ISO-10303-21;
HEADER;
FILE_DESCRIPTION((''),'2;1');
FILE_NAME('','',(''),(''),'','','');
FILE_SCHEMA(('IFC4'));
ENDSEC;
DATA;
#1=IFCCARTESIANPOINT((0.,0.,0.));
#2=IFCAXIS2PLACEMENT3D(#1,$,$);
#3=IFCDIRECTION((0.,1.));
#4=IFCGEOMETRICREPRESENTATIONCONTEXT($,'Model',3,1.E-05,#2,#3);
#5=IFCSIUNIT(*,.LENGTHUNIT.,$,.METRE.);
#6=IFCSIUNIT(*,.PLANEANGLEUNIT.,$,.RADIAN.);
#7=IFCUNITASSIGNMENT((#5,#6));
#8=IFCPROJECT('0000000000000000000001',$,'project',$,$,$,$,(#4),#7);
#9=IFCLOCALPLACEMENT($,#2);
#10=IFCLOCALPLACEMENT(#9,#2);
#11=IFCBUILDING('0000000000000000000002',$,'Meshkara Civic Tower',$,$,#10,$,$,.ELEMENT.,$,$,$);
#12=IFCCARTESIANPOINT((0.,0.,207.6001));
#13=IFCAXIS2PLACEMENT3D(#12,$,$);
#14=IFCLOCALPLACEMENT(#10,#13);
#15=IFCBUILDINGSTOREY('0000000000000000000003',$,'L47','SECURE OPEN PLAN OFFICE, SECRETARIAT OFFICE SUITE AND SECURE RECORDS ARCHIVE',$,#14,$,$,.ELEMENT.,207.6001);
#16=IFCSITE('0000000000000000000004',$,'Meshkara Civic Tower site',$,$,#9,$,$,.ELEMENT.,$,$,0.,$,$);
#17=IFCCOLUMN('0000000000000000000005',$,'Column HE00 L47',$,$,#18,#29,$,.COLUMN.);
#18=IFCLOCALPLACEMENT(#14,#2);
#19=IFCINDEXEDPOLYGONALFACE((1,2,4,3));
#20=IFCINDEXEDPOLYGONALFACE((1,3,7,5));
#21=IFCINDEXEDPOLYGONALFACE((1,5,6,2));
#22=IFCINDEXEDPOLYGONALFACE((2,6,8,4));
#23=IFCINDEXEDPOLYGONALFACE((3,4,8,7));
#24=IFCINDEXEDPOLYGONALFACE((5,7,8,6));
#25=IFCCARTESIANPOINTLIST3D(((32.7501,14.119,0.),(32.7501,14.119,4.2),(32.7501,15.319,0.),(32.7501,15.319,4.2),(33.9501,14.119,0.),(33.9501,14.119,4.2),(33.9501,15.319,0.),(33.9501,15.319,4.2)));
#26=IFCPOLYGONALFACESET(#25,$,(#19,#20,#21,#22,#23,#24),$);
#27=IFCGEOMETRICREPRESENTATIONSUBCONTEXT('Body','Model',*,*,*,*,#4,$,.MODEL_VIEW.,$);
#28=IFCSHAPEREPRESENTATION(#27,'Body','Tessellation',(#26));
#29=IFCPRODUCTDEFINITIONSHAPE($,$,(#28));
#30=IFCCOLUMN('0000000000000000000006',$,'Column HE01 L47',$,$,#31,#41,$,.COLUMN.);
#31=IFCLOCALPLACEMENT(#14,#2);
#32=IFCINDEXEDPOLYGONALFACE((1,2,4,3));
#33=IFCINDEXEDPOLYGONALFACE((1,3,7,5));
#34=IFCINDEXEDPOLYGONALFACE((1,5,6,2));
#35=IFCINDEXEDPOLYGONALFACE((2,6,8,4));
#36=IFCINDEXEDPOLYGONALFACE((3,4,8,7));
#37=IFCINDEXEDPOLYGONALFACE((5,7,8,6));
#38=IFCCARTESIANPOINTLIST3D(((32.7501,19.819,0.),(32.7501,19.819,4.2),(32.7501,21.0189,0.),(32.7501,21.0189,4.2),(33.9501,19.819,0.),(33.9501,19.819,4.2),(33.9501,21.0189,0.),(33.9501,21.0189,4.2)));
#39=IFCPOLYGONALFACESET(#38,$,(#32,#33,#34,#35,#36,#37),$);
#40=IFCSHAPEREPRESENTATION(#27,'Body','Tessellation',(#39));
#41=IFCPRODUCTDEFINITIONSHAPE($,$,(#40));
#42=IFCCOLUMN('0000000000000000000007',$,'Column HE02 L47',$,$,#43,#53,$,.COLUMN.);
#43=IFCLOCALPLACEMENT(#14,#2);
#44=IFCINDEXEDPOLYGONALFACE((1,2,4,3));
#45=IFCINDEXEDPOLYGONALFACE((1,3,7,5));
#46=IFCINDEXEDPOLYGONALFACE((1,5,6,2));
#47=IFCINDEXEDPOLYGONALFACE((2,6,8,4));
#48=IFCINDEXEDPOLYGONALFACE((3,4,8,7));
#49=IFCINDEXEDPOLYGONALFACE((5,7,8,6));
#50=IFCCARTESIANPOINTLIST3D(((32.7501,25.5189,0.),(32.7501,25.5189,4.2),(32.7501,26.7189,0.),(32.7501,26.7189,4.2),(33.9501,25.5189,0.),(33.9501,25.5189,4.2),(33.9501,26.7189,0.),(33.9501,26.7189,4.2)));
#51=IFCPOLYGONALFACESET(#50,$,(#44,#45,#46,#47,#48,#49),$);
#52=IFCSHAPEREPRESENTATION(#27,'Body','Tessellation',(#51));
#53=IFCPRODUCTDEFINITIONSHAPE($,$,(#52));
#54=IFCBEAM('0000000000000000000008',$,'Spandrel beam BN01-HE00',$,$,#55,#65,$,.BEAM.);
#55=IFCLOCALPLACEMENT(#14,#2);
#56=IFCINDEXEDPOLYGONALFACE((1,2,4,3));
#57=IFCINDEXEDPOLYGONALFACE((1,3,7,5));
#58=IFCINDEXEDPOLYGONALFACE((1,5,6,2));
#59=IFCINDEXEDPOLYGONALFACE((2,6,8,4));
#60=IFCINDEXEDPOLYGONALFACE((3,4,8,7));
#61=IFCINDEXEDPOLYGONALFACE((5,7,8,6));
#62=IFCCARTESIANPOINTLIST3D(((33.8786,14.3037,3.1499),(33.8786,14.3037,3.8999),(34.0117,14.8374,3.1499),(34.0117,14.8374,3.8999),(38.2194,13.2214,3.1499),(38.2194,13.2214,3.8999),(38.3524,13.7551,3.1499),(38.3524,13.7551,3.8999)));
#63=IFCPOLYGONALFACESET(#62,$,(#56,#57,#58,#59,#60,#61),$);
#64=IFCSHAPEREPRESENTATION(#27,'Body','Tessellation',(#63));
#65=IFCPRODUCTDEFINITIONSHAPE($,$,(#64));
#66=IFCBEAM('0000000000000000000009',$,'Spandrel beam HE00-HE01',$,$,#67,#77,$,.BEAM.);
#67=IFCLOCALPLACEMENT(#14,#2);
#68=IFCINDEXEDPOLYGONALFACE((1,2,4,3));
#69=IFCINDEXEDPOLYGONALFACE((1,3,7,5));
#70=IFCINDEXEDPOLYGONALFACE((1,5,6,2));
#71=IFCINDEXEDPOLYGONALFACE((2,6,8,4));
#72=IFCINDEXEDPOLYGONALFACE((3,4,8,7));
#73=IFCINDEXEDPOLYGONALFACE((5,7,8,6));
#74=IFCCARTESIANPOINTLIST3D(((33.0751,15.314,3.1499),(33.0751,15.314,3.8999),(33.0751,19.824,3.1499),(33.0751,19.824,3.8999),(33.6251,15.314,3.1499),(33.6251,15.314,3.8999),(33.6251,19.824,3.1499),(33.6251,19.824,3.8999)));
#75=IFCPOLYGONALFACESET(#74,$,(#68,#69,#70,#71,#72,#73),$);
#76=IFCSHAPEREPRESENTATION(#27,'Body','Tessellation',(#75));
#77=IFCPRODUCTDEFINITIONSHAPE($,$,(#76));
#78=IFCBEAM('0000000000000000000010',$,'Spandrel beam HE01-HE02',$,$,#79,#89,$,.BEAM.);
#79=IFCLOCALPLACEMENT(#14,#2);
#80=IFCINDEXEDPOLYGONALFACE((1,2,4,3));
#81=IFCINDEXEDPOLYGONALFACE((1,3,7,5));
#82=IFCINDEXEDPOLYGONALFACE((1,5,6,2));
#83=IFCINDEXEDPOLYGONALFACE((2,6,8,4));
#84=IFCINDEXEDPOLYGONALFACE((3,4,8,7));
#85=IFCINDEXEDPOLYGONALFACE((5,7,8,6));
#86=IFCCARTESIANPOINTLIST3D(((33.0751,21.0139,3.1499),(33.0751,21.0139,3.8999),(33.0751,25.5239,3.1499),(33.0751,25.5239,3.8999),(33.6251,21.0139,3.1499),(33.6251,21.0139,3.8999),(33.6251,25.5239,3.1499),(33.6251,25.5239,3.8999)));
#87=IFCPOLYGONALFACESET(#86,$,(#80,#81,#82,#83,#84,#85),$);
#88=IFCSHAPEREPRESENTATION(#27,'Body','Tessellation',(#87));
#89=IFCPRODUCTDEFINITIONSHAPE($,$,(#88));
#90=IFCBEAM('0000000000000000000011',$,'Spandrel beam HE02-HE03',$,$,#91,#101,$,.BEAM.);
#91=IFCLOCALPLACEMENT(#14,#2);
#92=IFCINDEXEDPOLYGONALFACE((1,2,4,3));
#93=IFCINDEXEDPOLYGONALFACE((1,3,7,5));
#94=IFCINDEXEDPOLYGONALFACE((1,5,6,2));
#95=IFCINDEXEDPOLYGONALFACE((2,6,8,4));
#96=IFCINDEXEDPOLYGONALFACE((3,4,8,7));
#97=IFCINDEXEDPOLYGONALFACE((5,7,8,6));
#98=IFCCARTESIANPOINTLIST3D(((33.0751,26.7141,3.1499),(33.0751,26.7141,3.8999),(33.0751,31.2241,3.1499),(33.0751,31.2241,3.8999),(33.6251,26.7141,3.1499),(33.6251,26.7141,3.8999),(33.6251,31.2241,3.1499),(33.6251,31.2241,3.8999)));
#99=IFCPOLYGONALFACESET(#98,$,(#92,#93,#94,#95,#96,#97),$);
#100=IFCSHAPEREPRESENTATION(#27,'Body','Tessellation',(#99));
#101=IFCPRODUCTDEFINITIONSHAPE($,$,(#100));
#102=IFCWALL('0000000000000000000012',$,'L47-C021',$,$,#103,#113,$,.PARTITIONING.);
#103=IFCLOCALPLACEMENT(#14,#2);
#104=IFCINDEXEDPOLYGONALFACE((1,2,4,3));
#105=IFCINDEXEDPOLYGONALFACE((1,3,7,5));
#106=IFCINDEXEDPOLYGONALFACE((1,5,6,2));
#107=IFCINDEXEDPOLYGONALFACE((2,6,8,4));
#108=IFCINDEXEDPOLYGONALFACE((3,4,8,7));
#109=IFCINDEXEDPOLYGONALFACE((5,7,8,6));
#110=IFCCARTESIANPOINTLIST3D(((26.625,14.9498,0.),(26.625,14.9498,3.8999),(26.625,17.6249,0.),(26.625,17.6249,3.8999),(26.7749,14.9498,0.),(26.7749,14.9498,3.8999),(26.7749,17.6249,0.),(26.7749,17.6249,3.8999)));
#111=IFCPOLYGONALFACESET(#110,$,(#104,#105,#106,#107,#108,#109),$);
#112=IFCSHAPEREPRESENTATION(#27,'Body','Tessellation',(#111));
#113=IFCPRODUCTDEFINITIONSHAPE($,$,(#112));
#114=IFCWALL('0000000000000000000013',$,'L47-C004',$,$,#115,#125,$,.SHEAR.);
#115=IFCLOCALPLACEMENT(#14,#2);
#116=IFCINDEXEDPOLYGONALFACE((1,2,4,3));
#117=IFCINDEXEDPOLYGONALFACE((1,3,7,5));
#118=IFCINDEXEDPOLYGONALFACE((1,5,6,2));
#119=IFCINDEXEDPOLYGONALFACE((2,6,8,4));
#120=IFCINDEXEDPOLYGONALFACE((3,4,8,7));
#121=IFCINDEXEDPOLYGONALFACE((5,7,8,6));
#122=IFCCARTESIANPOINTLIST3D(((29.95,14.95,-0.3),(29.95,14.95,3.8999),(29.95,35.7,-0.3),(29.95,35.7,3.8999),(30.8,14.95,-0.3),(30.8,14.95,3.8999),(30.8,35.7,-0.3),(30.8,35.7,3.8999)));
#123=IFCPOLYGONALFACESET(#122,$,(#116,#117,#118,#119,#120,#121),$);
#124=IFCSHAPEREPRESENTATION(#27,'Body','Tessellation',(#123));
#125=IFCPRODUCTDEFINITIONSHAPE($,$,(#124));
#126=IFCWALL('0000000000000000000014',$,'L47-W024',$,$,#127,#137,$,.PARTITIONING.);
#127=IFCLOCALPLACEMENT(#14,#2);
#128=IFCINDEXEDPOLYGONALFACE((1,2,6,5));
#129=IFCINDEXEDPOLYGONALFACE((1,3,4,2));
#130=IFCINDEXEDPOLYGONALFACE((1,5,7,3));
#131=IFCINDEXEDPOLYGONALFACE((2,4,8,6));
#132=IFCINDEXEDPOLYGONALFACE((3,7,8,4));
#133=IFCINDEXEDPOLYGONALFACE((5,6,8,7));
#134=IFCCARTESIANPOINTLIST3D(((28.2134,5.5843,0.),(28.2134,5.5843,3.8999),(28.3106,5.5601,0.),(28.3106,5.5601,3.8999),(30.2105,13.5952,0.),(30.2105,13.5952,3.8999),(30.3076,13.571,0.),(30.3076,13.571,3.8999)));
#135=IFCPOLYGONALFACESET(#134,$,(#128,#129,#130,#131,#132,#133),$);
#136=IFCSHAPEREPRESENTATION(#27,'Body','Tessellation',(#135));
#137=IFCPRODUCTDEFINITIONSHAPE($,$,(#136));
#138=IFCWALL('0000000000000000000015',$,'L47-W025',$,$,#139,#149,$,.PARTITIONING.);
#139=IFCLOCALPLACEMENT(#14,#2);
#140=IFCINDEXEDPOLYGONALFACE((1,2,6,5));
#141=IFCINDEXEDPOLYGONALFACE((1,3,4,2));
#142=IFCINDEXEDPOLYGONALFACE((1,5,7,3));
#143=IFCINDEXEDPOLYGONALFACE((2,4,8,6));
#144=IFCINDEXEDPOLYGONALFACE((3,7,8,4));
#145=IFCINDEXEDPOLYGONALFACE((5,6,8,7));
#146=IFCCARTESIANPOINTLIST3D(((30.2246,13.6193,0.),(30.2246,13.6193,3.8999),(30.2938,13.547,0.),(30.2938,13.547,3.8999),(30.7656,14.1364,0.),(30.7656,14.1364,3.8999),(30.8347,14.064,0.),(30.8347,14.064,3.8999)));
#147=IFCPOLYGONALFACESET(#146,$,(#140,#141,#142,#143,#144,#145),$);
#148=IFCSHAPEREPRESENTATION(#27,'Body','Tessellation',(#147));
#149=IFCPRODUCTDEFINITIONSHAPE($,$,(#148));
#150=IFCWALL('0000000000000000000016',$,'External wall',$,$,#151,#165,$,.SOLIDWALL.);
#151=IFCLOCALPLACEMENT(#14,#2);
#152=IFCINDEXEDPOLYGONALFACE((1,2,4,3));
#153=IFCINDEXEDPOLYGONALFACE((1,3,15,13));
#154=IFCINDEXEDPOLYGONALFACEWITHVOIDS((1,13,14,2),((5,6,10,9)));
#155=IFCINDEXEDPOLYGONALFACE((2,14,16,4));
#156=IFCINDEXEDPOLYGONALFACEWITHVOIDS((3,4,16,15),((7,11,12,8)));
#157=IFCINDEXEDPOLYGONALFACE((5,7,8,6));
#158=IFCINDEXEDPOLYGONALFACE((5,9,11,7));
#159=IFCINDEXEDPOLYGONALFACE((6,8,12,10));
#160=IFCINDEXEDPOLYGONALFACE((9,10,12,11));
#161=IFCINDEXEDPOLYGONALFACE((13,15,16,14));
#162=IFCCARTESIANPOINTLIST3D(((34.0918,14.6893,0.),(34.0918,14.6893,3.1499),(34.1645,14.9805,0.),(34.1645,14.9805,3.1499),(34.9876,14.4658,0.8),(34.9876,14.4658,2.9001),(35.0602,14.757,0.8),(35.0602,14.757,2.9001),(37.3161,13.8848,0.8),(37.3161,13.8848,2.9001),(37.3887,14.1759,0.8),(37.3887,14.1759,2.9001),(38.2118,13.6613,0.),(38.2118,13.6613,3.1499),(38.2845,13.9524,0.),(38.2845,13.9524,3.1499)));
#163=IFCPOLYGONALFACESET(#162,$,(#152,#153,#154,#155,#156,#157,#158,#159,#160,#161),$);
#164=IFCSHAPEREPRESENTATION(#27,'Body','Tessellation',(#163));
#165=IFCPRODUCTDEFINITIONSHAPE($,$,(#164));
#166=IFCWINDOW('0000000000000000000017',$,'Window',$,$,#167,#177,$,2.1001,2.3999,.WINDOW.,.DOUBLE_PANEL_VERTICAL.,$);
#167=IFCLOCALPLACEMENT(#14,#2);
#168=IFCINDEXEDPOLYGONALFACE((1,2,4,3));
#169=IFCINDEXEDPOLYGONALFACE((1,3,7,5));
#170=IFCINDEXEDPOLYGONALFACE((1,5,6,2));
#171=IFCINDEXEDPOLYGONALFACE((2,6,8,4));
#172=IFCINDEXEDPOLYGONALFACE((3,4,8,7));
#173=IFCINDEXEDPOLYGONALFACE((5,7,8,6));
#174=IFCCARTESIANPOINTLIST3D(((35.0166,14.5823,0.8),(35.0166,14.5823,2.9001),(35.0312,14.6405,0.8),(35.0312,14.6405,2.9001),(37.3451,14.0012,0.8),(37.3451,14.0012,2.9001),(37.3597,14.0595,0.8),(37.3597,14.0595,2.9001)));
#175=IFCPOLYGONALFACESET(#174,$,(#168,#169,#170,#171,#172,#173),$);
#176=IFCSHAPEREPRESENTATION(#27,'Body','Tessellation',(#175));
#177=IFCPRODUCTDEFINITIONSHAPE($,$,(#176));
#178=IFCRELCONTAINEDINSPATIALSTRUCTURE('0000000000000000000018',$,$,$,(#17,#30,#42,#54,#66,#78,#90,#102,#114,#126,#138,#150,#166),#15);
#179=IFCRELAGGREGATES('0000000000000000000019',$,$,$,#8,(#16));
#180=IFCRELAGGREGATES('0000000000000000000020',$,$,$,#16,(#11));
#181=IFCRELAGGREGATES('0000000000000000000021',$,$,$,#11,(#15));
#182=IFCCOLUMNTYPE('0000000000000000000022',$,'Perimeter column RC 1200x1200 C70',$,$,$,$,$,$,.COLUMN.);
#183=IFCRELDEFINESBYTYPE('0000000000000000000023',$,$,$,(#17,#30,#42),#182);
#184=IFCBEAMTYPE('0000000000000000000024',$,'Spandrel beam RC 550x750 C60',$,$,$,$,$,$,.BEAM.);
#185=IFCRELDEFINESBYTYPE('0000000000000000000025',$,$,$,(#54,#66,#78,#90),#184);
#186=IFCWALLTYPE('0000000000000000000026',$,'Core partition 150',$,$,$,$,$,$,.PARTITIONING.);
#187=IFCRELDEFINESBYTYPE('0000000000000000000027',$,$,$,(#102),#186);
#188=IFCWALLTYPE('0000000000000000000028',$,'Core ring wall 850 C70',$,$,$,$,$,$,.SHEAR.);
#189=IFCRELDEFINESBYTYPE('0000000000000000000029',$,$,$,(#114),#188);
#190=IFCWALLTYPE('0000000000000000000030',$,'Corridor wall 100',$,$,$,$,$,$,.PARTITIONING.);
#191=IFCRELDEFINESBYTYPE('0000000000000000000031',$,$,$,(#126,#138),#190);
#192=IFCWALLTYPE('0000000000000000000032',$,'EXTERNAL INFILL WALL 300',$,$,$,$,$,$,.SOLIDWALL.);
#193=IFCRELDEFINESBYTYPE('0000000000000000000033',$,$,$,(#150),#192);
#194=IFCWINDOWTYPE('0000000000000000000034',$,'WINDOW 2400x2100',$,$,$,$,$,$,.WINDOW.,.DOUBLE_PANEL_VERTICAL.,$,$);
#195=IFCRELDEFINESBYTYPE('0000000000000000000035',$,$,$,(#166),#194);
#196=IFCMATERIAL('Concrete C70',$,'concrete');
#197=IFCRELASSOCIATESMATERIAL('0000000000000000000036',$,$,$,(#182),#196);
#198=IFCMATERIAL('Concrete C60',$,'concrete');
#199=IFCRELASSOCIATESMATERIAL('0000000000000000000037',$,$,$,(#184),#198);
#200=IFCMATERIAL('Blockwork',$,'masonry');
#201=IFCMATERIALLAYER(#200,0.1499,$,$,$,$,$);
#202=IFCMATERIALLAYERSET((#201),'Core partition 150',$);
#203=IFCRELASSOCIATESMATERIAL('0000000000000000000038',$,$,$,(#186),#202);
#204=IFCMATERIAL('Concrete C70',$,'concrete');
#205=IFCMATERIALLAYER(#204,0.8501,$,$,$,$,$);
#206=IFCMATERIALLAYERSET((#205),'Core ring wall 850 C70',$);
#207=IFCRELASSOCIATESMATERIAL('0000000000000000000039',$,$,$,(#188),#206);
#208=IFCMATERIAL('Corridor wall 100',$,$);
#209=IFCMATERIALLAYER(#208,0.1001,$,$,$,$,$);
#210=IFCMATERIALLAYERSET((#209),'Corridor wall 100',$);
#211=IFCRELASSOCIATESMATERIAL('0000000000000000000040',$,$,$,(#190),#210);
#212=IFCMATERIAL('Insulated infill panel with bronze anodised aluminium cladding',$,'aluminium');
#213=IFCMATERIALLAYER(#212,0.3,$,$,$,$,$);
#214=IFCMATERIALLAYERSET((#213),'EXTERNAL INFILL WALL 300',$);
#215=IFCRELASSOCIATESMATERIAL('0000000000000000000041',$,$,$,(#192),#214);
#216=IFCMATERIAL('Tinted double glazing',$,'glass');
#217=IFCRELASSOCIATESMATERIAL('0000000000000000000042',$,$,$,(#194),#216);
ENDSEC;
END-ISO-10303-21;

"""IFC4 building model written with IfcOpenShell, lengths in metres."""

from ifc_helpers import new_model, si_unit, direction, frame, frame_2d, origin, origin_2d, place, context, subcontext, project, spatial, rectangle, extrude, material, layer, layer_set, material_profile, profile_set, type_object, element, fill, save


model = new_model("IFC4")

# Units and contexts
model_context = context("Model", 3, precision=1e-05, world=origin(), true_north=direction((0.0, 1.0)))
body_context = subcontext(model_context, "Body", "Model", "MODEL_VIEW")
ifc_project = project(units=[si_unit("LENGTHUNIT", "METRE"), si_unit("PLANEANGLEUNIT", "RADIAN")], contexts=[model_context])

# Site, building, storey
site_placement = place(None, origin())
site = spatial("IfcSite", under=ifc_project, at=site_placement, Name="Meshkara Civic Tower site", CompositionType="ELEMENT", RefElevation=0.0)
building_placement = place(site_placement, origin())
building = spatial("IfcBuilding", under=site, at=building_placement, Name="Meshkara Civic Tower", CompositionType="ELEMENT")
storey_placement = place(building_placement, frame((0.0, 0.0, 207.6001)))
storey = spatial("IfcBuildingStorey", under=building, at=storey_placement, Name="L47", Description="SECURE OPEN PLAN OFFICE, SECRETARIAT OFFICE SUITE AND SECURE RECORDS ARCHIVE", CompositionType="ELEMENT", Elevation=207.6001)

# Columns
ifc_material_1 = material(Name="Concrete C70", Category="concrete")
ifc_material_profile_1 = material_profile(ifc_material_1, rectangle(XDim=1.2, YDim=1.2, at=origin_2d()))
ifc_profile_set_1 = profile_set([ifc_material_profile_1], Name="Concrete C70")
column_type = type_object("IfcColumnType", Name="Perimeter column RC 1200x1200 C70", PredefinedType="COLUMN", material=ifc_profile_set_1)
for number, where, z_axis, x_axis, name in (
    (1, (33.3501, 14.719, 0.0), (0.0, 0.0, 1.0), (1.0, 0.0, 0.0), "Column HE00 L47"),
    (2, (33.3501, 20.4189, 0.0), (0.0, 0.0, 1.0), (1.0, 0.0, 0.0), "Column HE01 L47"),
    (3, (33.3501, 26.1189, 0.0), (0.0, 0.0, 1.0), (1.0, 0.0, 0.0), "Column HE02 L47"),
):
    element("IfcColumn", number, at=place(storey_placement, frame(where, z_axis=z_axis, x_axis=x_axis)), inside=storey, type_object=column_type, Name=name, PredefinedType="COLUMN", context=body_context, shape_type="SweptSolid", body=[
        extrude(rectangle(XDim=1.2, YDim=1.2, at=origin_2d()), origin(), (0.0, 0.0, 1.0), 4.2),
    ])

# Beams
ifc_material_2 = material(Name="Concrete C60", Category="concrete")
ifc_material_profile_2 = material_profile(ifc_material_2, rectangle(XDim=0.55, YDim=0.75, at=origin_2d()))
ifc_profile_set_2 = profile_set([ifc_material_profile_2], Name="Concrete C60")
beam_type = type_object("IfcBeamType", Name="Spandrel beam RC 550x750 C60", PredefinedType="BEAM", material=ifc_profile_set_2)
beam_placement = place(storey_placement, frame((38.2859, 13.4883, 3.5249), z_axis=(-0.970296, 0.241919, 0.0), x_axis=(-0.241919, -0.970296, 0.0)))
element("IfcBeam", 4, at=beam_placement, inside=storey, type_object=beam_type, Name="Spandrel beam BN01-HE00", PredefinedType="BEAM", context=body_context, shape_type="SweptSolid", body=[
    extrude(rectangle(XDim=0.55, YDim=0.75, at=origin_2d()), origin(), (0.0, 0.0, 1.0), 4.4736),
])
for number, where, z_axis, x_axis, name in (
    (5, (33.3501, 15.314, 3.5249), (0.0, 1.0, 0.0), (-1.0, 0.0, 0.0), "Spandrel beam HE00-HE01"),
    (6, (33.3501, 21.0139, 3.5249), (0.0, 1.0, 0.0), (-1.0, 0.0, 0.0), "Spandrel beam HE01-HE02"),
    (7, (33.3501, 26.7141, 3.5249), (0.0, 1.0, 0.0), (-1.0, 0.0, 0.0), "Spandrel beam HE02-HE03"),
):
    element("IfcBeam", number, at=place(storey_placement, frame(where, z_axis=z_axis, x_axis=x_axis)), inside=storey, type_object=beam_type, Name=name, PredefinedType="BEAM", context=body_context, shape_type="SweptSolid", body=[
        extrude(rectangle(XDim=0.55, YDim=0.75, at=origin_2d()), origin(), (0.0, 0.0, 1.0), 4.51),
    ])

# Walls
ifc_material_3 = material(Name="Blockwork", Category="masonry")
ifc_layer_1 = layer(ifc_material_3, 0.1499)
ifc_layer_set_1 = layer_set([ifc_layer_1], Name="Core partition 150")
wall_type_1 = type_object("IfcWallType", Name="Core partition 150", PredefinedType="PARTITIONING", material=ifc_layer_set_1)
wall_1_placement = place(storey_placement, frame((26.7, 14.95, 0.0), z_axis=(0.0, 0.0, 1.0), x_axis=(0.0, 1.0, 0.0)))
element("IfcWall", 8, at=wall_1_placement, inside=storey, type_object=wall_type_1, Name="L47-C021", PredefinedType="PARTITIONING", context=body_context, shape_type="SweptSolid", body=[
    extrude(rectangle(XDim=2.675, YDim=0.1499, at=frame_2d((1.3374, 0.0))), origin(), (0.0, 0.0, 1.0), 3.8999),
])
ifc_material_4 = material(Name="Concrete C70", Category="concrete")
ifc_layer_2 = layer(ifc_material_4, 0.8501)
ifc_layer_set_2 = layer_set([ifc_layer_2], Name="Core ring wall 850 C70")
wall_type_2 = type_object("IfcWallType", Name="Core ring wall 850 C70", PredefinedType="SHEAR", material=ifc_layer_set_2)
wall_2_placement = place(storey_placement, frame((30.375, 14.95, -0.3), z_axis=(0.0, 0.0, 1.0), x_axis=(0.0, 1.0, 0.0)))
element("IfcWall", 9, at=wall_2_placement, inside=storey, type_object=wall_type_2, Name="L47-C004", PredefinedType="SHEAR", context=body_context, shape_type="SweptSolid", body=[
    extrude(rectangle(XDim=20.75, YDim=0.8501, at=frame_2d((10.375, 0.0))), origin(), (0.0, 0.0, 1.0), 4.2),
])
ifc_material_5 = material(Name="Corridor wall 100")
ifc_layer_3 = layer(ifc_material_5, 0.1001)
ifc_layer_set_3 = layer_set([ifc_layer_3], Name="Corridor wall 100")
wall_type_3 = type_object("IfcWallType", Name="Corridor wall 100", PredefinedType="PARTITIONING", material=ifc_layer_set_3)
wall_3_placement = place(storey_placement, frame((30.259, 13.583, 0.0), z_axis=(0.0, 0.0, 1.0), x_axis=(-0.241888, -0.970304, 0.0)))
element("IfcWall", 10, at=wall_3_placement, inside=storey, type_object=wall_type_3, Name="L47-W024", PredefinedType="PARTITIONING", context=body_context, shape_type="SweptSolid", body=[
    extrude(rectangle(XDim=8.2561, YDim=0.1001, at=frame_2d((4.1279, 0.0))), origin(), (0.0, 0.0, 1.0), 3.8999),
])
wall_4_placement = place(storey_placement, frame((30.8, 14.1001, 0.0), z_axis=(0.0, 0.0, 1.0), x_axis=(-0.722911, -0.690941, 0.0)))
element("IfcWall", 11, at=wall_4_placement, inside=storey, type_object=wall_type_3, Name="L47-W025", PredefinedType="PARTITIONING", context=body_context, shape_type="SweptSolid", body=[
    extrude(rectangle(XDim=0.7483, YDim=0.1001, at=frame_2d((0.374, 0.0))), origin(), (0.0, 0.0, 1.0), 3.8999),
])

# Wall, opening, window
ifc_material_6 = material(Name="Insulated infill panel with bronze anodised aluminium cladding", Category="aluminium")
ifc_layer_4 = layer(ifc_material_6, 0.3)
ifc_layer_set_4 = layer_set([ifc_layer_4], Name="EXTERNAL INFILL WALL 300")
wall_type_4 = type_object("IfcWallType", Name="EXTERNAL INFILL WALL 300", PredefinedType="SOLIDWALL", material=ifc_layer_set_4)
wall_5_placement = place(storey_placement, frame((38.248, 13.8069, 0.0), z_axis=(0.0, 0.0, 1.0), x_axis=(-0.970251, 0.242103, 0.0)))
wall_5 = element("IfcWall", 12, at=wall_5_placement, inside=storey, type_object=wall_type_4, Name="External wall", PredefinedType="SOLIDWALL", context=body_context, shape_type="SweptSolid", body=[
    extrude(rectangle(XDim=4.2463, YDim=0.3, at=frame_2d((2.123, 0.0))), origin(), (0.0, 0.0, 1.0), 3.1499),
])
opening_1_placement = place(wall_5_placement, frame((0.9231, 0.0, 0.8)))
opening_1 = element("IfcOpeningElement", 13, at=opening_1_placement, cuts=wall_5, PredefinedType="OPENING", context=body_context, shape_type="SweptSolid", body=[
    extrude(rectangle(XDim=2.3999, YDim=2.1001, at=frame_2d((1.2, 1.05))), frame((0.0, 0.1599, 0.0), z_axis=(0.0, -1.0, 0.0), x_axis=(1.0, 0.0, 0.0)), (0.0, 0.0, 1.0), 0.3201),
])
ifc_material_7 = material(Name="Tinted double glazing", Category="glass")
window_type = type_object("IfcWindowType", Name="WINDOW 2400x2100", PartitioningType="DOUBLE_PANEL_VERTICAL", PredefinedType="WINDOW", material=ifc_material_7)
window_1_placement = place(opening_1_placement, origin())
window_1 = element("IfcWindow", 14, at=window_1_placement, inside=storey, type_object=window_type, Name="Window", OverallHeight=2.1001, OverallWidth=2.3999, PartitioningType="DOUBLE_PANEL_VERTICAL", PredefinedType="WINDOW", context=body_context, shape_type="SweptSolid", body=[
    extrude(rectangle(XDim=2.3999, YDim=2.1001, at=frame_2d((1.2, 1.05))), frame((0.0, 0.03, 0.0), z_axis=(0.0, -1.0, 0.0), x_axis=(1.0, 0.0, 0.0)), (0.0, 0.0, 1.0), 0.0601),
])
fill(opening_1, window_1)

save(model, "model.ifc")
